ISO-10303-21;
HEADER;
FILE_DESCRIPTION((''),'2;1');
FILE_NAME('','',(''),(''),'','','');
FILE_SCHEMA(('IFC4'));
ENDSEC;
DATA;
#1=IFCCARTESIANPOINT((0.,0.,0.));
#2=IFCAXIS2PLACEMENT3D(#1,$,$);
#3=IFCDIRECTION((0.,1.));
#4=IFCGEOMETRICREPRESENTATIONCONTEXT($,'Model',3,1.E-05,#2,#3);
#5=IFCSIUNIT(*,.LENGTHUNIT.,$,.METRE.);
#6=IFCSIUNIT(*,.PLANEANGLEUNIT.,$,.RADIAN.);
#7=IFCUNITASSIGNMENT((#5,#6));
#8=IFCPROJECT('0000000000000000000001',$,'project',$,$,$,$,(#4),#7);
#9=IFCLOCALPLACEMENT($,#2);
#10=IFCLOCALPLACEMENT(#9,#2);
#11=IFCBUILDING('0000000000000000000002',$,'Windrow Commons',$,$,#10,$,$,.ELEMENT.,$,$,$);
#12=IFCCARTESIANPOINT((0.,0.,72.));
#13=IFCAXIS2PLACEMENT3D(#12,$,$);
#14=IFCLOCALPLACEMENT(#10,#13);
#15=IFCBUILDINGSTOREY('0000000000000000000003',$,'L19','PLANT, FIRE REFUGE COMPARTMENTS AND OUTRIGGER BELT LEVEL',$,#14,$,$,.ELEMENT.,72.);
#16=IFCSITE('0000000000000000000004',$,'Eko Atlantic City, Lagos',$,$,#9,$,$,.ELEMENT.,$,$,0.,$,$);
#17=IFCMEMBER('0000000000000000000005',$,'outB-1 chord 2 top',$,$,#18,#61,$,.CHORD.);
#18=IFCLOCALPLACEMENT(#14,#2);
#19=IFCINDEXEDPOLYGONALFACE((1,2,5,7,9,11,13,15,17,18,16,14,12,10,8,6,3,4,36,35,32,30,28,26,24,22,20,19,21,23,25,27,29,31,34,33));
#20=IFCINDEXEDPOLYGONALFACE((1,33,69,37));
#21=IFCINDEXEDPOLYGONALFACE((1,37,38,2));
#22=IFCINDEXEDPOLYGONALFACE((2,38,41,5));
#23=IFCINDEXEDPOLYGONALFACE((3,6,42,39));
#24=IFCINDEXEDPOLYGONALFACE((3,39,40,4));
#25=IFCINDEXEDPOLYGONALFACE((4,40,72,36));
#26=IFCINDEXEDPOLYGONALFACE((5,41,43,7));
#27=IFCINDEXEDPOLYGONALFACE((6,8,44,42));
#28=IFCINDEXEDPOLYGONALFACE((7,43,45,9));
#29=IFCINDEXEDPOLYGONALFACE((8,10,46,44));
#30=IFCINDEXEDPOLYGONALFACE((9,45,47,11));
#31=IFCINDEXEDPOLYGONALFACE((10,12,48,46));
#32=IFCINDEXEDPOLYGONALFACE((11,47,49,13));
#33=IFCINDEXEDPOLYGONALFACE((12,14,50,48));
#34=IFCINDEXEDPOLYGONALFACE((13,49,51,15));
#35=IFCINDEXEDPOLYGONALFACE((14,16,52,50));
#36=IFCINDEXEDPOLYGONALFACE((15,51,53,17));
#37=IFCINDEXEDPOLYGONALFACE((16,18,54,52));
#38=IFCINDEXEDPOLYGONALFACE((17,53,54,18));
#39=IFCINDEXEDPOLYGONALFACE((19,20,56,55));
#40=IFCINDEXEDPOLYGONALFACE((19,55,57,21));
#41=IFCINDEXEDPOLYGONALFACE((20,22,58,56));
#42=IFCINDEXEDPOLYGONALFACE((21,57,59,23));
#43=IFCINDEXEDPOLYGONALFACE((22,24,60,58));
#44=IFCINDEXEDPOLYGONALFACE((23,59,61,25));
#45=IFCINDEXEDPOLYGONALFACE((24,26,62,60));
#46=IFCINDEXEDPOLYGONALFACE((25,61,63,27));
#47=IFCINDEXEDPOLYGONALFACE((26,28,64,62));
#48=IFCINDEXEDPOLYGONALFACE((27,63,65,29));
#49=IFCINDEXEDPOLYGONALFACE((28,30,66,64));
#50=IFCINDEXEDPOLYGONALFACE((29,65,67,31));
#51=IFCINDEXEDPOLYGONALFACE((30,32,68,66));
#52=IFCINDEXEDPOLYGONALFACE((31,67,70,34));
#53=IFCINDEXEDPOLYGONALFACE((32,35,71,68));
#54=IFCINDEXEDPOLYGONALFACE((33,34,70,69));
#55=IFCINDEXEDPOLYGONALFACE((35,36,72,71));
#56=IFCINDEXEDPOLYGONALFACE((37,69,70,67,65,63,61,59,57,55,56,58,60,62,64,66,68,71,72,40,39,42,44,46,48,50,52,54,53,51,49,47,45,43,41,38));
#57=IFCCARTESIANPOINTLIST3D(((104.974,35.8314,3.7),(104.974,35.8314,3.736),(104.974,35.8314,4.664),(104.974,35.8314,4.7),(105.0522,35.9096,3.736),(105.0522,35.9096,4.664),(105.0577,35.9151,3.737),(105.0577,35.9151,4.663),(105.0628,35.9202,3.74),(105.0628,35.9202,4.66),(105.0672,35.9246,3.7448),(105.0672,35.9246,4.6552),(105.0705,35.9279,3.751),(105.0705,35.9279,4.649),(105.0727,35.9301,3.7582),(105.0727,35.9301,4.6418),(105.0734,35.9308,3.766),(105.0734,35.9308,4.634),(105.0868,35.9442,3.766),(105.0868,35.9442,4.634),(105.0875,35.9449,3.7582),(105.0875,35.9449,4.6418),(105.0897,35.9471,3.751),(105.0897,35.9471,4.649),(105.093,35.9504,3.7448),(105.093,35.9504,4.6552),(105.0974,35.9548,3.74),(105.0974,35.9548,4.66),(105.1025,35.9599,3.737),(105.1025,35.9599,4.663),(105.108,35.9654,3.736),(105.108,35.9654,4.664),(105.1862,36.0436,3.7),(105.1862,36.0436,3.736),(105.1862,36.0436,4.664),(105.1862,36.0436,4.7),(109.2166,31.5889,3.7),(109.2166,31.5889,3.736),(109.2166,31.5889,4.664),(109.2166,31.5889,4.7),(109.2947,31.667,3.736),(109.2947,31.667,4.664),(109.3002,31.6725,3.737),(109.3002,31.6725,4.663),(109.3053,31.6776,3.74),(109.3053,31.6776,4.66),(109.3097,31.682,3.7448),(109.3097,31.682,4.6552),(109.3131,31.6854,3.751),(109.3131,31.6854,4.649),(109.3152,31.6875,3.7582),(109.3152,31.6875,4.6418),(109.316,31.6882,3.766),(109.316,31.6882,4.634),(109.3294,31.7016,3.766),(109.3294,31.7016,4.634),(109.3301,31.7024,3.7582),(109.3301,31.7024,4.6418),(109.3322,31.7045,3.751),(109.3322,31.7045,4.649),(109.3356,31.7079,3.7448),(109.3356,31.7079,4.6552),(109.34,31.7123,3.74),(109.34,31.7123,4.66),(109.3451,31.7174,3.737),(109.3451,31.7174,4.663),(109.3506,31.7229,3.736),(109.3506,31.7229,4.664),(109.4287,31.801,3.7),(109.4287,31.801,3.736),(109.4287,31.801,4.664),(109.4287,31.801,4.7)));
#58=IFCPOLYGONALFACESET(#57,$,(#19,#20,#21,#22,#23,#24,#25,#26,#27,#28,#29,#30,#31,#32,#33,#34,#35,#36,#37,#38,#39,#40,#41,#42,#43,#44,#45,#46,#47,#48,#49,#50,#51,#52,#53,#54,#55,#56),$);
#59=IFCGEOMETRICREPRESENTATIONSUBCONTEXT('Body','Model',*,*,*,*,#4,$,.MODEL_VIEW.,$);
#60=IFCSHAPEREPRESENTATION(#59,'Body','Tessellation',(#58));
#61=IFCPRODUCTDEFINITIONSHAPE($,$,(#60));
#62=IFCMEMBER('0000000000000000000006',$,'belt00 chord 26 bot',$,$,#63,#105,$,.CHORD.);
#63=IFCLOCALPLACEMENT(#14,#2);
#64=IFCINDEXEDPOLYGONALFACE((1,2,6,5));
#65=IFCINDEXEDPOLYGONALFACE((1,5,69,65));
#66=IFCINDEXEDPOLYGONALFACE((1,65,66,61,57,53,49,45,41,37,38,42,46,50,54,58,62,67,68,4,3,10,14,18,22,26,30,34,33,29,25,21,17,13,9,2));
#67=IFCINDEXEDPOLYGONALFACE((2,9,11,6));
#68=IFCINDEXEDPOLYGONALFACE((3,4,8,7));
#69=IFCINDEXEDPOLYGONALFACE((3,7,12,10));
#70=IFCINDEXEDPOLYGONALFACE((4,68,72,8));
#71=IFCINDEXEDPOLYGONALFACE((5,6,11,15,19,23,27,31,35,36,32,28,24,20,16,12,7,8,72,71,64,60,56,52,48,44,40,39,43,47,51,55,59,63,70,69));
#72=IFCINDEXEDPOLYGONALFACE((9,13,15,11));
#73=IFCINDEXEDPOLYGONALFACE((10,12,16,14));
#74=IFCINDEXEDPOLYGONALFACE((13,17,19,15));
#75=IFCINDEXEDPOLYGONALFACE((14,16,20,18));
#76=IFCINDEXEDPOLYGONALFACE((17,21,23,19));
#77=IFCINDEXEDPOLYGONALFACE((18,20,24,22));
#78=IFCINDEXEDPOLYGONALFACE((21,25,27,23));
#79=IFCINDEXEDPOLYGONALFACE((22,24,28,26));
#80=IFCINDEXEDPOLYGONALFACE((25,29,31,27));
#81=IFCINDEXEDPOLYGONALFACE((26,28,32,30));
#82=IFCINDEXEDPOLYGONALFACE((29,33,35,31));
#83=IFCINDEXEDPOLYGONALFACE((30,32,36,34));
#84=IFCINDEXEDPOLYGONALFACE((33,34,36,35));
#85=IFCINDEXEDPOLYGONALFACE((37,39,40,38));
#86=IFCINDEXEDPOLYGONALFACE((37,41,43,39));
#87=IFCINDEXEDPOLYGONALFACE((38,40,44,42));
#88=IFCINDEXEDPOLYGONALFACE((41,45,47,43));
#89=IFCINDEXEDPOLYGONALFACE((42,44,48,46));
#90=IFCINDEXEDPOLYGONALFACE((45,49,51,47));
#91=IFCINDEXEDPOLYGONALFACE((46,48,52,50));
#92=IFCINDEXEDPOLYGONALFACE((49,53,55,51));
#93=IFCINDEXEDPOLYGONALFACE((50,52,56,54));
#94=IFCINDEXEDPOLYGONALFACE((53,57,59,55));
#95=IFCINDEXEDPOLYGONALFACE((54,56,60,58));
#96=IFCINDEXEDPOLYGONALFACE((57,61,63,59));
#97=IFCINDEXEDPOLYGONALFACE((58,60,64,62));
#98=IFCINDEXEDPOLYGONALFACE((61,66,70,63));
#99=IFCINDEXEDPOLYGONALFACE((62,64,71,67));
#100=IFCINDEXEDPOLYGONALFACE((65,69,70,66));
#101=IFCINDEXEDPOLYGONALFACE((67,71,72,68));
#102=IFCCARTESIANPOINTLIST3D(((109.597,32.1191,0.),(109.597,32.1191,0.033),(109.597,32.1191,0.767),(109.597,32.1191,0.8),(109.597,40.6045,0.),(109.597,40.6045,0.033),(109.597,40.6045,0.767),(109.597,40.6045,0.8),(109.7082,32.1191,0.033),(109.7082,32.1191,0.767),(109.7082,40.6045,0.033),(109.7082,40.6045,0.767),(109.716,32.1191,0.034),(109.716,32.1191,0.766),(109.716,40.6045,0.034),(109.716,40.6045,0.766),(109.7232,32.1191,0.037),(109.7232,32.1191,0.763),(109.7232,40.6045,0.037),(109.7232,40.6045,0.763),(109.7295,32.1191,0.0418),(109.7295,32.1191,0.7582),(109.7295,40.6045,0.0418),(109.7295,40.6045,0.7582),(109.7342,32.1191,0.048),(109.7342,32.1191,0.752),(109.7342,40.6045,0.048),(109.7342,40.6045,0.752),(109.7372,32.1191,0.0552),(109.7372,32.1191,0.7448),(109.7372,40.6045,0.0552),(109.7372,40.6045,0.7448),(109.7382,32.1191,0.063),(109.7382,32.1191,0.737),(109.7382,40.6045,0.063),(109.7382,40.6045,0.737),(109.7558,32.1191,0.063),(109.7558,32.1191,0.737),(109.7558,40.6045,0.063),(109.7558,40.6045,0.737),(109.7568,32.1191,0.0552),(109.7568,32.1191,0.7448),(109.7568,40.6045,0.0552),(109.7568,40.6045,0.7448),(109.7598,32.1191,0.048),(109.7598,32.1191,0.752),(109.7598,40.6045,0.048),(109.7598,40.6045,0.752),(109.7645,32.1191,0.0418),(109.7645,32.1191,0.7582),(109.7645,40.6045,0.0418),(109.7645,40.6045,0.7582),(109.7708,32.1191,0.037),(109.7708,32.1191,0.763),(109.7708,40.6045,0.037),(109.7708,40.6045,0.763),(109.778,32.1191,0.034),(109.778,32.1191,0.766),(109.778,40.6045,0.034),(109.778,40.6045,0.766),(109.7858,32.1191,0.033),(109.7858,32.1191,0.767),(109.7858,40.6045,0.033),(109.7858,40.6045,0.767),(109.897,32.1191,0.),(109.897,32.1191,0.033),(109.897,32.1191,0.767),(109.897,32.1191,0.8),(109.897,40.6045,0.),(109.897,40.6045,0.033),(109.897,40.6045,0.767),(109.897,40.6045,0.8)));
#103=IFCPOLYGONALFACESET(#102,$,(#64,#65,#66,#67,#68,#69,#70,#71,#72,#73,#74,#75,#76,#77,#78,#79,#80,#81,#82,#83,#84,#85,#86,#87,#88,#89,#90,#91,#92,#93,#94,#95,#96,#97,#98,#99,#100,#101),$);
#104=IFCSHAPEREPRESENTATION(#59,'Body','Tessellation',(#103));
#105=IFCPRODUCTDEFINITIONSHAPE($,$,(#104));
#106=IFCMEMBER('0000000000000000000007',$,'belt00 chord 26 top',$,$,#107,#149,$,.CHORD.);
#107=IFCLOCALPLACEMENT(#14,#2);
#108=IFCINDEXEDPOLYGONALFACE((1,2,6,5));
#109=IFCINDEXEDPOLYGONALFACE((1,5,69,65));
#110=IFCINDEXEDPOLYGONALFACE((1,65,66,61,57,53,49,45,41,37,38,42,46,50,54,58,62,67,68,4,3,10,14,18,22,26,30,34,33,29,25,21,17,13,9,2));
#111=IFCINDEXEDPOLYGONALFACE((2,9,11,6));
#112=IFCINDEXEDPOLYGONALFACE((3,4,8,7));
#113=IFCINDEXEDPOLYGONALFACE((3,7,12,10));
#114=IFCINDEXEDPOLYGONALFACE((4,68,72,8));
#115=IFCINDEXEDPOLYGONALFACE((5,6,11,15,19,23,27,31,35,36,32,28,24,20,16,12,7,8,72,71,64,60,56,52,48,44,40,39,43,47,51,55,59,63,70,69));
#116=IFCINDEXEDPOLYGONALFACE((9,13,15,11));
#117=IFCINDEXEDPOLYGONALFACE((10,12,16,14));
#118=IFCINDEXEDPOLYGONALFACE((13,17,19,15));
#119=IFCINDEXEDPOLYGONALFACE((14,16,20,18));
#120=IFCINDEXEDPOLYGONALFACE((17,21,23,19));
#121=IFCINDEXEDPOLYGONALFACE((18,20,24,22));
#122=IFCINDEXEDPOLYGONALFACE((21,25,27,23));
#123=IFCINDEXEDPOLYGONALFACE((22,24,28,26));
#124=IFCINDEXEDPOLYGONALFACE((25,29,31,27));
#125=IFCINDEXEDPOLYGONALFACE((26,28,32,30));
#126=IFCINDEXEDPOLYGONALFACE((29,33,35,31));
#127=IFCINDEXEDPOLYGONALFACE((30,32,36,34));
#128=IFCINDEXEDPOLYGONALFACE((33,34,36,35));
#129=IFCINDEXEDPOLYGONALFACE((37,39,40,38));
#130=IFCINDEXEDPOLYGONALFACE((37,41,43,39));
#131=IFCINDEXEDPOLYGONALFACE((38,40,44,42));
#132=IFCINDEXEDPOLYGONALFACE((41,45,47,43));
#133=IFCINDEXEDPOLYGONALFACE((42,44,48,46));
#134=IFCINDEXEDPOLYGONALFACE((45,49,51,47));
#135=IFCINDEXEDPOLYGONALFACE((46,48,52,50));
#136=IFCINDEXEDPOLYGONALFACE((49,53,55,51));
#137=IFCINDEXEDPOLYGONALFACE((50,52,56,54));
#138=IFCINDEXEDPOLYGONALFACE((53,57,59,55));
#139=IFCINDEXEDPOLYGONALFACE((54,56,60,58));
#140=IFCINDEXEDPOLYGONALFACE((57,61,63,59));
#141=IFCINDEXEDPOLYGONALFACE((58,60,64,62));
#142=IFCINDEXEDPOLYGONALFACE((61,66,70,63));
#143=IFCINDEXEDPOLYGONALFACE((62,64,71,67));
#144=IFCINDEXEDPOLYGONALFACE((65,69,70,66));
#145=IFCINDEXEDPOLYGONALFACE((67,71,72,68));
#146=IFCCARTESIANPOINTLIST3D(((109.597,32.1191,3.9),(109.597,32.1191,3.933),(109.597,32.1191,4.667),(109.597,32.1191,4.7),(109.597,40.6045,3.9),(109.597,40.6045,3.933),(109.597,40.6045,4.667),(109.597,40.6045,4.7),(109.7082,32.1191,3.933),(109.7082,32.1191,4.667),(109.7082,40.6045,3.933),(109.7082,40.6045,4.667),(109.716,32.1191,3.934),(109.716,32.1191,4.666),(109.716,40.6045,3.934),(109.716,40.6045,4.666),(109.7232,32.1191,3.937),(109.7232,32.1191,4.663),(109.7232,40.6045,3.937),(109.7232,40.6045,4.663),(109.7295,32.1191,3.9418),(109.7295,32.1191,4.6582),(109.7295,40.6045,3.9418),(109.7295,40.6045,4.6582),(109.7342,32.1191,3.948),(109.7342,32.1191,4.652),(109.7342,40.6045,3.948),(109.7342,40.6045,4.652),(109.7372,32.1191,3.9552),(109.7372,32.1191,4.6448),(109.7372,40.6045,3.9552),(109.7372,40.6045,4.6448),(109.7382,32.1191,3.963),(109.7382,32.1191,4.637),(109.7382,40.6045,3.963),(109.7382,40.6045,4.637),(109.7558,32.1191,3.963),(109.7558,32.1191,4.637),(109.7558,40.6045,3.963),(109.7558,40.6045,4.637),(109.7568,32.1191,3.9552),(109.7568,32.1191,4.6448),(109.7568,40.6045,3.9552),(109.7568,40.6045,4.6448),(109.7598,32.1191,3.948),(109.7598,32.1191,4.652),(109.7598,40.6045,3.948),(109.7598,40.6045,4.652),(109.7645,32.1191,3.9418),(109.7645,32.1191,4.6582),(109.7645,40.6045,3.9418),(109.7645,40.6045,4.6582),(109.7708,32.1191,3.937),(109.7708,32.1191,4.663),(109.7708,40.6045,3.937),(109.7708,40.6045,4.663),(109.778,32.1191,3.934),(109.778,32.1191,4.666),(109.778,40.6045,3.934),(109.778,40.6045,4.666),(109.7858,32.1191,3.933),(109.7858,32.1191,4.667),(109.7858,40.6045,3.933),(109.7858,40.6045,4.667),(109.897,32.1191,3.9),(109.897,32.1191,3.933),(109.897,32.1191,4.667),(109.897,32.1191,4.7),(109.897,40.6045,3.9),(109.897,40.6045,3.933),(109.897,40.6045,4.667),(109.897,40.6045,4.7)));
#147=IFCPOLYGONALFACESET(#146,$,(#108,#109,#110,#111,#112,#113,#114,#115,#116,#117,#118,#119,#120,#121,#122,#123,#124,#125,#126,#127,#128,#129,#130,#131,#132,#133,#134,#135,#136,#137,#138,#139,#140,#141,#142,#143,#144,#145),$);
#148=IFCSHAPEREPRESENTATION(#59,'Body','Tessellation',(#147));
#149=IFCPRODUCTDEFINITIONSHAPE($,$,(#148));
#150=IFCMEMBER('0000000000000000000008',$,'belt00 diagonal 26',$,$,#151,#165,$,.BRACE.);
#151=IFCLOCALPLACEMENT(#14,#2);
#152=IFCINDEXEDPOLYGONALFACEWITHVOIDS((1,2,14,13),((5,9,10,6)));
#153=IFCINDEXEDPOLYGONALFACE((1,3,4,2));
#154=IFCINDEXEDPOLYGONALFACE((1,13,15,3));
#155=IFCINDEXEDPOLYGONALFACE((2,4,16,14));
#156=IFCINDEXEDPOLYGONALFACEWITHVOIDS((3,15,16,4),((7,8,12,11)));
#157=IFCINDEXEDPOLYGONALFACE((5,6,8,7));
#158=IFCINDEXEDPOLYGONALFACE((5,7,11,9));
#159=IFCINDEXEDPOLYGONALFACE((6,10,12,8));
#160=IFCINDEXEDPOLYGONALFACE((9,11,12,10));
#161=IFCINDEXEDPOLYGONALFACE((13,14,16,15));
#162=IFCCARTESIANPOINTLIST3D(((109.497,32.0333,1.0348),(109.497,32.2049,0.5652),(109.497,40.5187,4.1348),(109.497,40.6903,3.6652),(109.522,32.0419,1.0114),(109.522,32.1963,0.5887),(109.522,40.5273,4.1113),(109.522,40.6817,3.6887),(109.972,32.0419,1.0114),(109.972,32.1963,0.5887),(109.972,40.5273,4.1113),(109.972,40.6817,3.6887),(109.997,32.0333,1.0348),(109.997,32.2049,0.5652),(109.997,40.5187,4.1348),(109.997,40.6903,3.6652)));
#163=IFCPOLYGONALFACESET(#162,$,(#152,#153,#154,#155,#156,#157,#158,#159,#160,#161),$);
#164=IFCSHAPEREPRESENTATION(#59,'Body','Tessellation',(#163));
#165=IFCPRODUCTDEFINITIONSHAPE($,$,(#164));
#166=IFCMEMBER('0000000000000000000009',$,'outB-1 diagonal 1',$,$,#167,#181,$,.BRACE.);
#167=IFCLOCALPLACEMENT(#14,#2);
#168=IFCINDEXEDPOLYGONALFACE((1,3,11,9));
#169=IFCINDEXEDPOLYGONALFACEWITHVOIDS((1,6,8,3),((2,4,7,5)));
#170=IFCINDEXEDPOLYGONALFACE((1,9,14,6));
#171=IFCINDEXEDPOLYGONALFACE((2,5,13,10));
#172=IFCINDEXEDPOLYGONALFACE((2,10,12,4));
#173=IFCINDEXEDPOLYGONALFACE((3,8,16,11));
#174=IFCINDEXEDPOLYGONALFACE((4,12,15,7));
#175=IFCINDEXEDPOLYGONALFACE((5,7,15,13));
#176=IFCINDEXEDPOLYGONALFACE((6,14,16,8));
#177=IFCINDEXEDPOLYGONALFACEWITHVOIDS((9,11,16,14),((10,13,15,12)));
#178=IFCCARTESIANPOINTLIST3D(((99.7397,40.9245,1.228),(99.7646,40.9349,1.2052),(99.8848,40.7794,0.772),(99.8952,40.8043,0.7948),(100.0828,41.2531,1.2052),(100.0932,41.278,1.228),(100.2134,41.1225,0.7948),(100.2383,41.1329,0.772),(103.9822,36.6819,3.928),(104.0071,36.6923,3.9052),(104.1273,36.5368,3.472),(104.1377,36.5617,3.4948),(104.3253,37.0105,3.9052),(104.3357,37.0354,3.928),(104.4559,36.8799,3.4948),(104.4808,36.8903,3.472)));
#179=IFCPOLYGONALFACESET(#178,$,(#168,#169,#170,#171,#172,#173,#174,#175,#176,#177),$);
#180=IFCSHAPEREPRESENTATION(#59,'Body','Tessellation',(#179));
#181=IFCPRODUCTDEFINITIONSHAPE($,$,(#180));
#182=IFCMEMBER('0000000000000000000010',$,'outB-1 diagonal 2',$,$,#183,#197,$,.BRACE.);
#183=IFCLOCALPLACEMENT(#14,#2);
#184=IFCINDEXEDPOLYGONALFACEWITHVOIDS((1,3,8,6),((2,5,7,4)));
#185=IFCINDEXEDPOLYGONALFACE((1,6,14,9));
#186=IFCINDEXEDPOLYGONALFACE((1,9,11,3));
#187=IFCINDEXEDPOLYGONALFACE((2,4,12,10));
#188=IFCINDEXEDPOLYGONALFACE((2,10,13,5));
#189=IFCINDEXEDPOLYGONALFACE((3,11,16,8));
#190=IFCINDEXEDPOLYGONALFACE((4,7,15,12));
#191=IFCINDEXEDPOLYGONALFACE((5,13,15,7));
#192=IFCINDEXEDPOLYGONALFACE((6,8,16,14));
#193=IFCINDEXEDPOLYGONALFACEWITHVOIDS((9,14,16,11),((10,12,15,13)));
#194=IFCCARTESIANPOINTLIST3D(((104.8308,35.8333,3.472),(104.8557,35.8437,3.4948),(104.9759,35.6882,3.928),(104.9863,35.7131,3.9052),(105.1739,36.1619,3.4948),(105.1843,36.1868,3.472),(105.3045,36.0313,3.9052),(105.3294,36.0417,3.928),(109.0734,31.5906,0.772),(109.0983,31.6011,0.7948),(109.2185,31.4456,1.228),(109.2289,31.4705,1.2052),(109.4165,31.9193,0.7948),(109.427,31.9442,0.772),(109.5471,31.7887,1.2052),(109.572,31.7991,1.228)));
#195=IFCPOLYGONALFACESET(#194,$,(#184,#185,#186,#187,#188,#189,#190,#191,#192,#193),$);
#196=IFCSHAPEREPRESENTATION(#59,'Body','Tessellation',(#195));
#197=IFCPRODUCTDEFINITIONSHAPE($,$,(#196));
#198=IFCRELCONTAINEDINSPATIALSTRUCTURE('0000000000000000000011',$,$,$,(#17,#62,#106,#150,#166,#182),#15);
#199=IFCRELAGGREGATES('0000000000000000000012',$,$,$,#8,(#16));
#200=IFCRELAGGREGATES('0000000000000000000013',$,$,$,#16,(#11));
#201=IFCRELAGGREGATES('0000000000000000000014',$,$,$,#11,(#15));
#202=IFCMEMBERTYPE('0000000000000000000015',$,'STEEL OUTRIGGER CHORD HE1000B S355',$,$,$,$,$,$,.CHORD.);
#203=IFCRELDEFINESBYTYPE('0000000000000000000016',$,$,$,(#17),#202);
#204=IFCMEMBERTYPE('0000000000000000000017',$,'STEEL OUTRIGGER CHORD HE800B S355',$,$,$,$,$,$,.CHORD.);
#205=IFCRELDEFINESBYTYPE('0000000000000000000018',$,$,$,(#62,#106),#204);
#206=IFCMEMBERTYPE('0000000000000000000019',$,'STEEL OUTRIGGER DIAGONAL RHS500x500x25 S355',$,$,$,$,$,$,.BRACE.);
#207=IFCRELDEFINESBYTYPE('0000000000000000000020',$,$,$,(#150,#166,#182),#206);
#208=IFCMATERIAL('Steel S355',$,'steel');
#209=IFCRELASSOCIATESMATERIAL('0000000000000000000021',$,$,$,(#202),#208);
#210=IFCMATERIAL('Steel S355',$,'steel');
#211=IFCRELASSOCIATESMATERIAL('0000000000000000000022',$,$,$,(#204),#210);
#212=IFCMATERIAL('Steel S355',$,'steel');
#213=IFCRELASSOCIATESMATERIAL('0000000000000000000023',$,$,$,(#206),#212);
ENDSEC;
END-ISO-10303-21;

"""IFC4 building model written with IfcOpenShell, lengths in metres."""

from ifc_helpers import new_model, si_unit, direction, frame, origin, origin_2d, place, context, subcontext, project, spatial, hollow_rectangle, i_section, extrude, material, material_profile, profile_set, type_object, element, save


model = new_model("IFC4")

# Units and contexts
model_context = context("Model", 3, precision=1e-05, world=origin(), true_north=direction((0.0, 1.0)))
body_context = subcontext(model_context, "Body", "Model", "MODEL_VIEW")
ifc_project = project(units=[si_unit("LENGTHUNIT", "METRE"), si_unit("PLANEANGLEUNIT", "RADIAN")], contexts=[model_context])

# Site, building, storey
site_placement = place(None, origin())
site = spatial("IfcSite", under=ifc_project, at=site_placement, Name="Eko Atlantic City, Lagos", CompositionType="ELEMENT", RefElevation=0.0)
building_placement = place(site_placement, origin())
building = spatial("IfcBuilding", under=site, at=building_placement, Name="Windrow Commons", CompositionType="ELEMENT")
storey_placement = place(building_placement, frame((0.0, 0.0, 72.0)))
storey = spatial("IfcBuildingStorey", under=building, at=storey_placement, Name="L19", Description="PLANT, FIRE REFUGE COMPARTMENTS AND OUTRIGGER BELT LEVEL", CompositionType="ELEMENT", Elevation=72.0)

# Members
ifc_material_1 = material(Name="Steel S355", Category="steel")
ifc_material_profile_1 = material_profile(ifc_material_1, i_section(OverallWidth=0.3, OverallDepth=1.0, WebThickness=0.019, FlangeThickness=0.036, FilletRadius=0.03, at=origin_2d()))
ifc_profile_set_1 = profile_set([ifc_material_profile_1], Name="Steel S355")
member_type_1 = type_object("IfcMemberType", Name="STEEL OUTRIGGER CHORD HE1000B S355", PredefinedType="CHORD", material=ifc_profile_set_1)
for number, where, z_axis, x_axis, name in (
    (1, (105.0801, 35.9375, 4.2), (0.707107, -0.707107, 0.0), (0.707107, 0.707107, 0.0), "outB-1 chord 2 top"),
):
    element("IfcMember", number, at=place(storey_placement, frame(where, z_axis=z_axis, x_axis=x_axis)), inside=storey, type_object=member_type_1, Name=name, PredefinedType="CHORD", context=body_context, shape_type="SweptSolid", body=[
        extrude(i_section(OverallWidth=0.3, OverallDepth=1.0, WebThickness=0.019, FlangeThickness=0.036, FilletRadius=0.03, at=origin_2d()), origin(), (0.0, 0.0, 1.0), 5.9999),
    ])
ifc_material_2 = material(Name="Steel S355", Category="steel")
ifc_material_profile_2 = material_profile(ifc_material_2, i_section(OverallWidth=0.3, OverallDepth=0.8, WebThickness=0.0175, FlangeThickness=0.033, FilletRadius=0.03, at=origin_2d()))
ifc_profile_set_2 = profile_set([ifc_material_profile_2], Name="Steel S355")
member_type_2 = type_object("IfcMemberType", Name="STEEL OUTRIGGER CHORD HE800B S355", PredefinedType="CHORD", material=ifc_profile_set_2)
for number, where, z_axis, x_axis, name in (
    (2, (109.747, 40.6045, 0.4), (0.0, -1.0, 0.0), (1.0, 0.0, 0.0), "belt00 chord 26 bot"),
    (3, (109.747, 40.6045, 4.3), (0.0, -1.0, 0.0), (1.0, 0.0, 0.0), "belt00 chord 26 top"),
):
    element("IfcMember", number, at=place(storey_placement, frame(where, z_axis=z_axis, x_axis=x_axis)), inside=storey, type_object=member_type_2, Name=name, PredefinedType="CHORD", context=body_context, shape_type="SweptSolid", body=[
        extrude(i_section(OverallWidth=0.3, OverallDepth=0.8, WebThickness=0.0175, FlangeThickness=0.033, FilletRadius=0.03, at=origin_2d()), origin(), (0.0, 0.0, 1.0), 8.4854),
    ])
ifc_material_3 = material(Name="Steel S355", Category="steel")
ifc_material_profile_3 = material_profile(ifc_material_3, hollow_rectangle(XDim=0.5, YDim=0.5, WallThickness=0.025, at=origin_2d()))
ifc_profile_set_3 = profile_set([ifc_material_profile_3], Name="Steel S355")
member_type_3 = type_object("IfcMemberType", Name="STEEL OUTRIGGER DIAGONAL RHS500x500x25 S355", PredefinedType="BRACE", material=ifc_profile_set_3)
member_1_placement = place(storey_placement, frame((109.747, 40.6045, 3.9), z_axis=(0.0, -0.93928, -0.343151), x_axis=(1.0, 0.0, 0.0)))
element("IfcMember", 4, at=member_1_placement, inside=storey, type_object=member_type_3, Name="belt00 diagonal 26", PredefinedType="BRACE", context=body_context, shape_type="SweptSolid", body=[
    extrude(hollow_rectangle(XDim=0.5, YDim=0.5, WallThickness=0.025, at=origin_2d()), origin(), (0.0, 0.0, 1.0), 9.0339),
])
member_2_placement = place(storey_placement, frame((99.989, 41.0287, 1.0), z_axis=(0.644816, -0.644831, 0.410372), x_axis=(0.707115, 0.707098, 0.0)))
element("IfcMember", 5, at=member_2_placement, inside=storey, type_object=member_type_3, Name="outB-1 diagonal 1", PredefinedType="BRACE", context=body_context, shape_type="SweptSolid", body=[
    extrude(hollow_rectangle(XDim=0.5, YDim=0.5, WallThickness=0.025, at=origin_2d()), origin(), (0.0, 0.0, 1.0), 6.5794),
])
member_3_placement = place(storey_placement, frame((105.0801, 35.9375, 3.7), z_axis=(0.644825, -0.644825, -0.410368), x_axis=(0.707107, 0.707107, 0.0)))
element("IfcMember", 6, at=member_3_placement, inside=storey, type_object=member_type_3, Name="outB-1 diagonal 2", PredefinedType="BRACE", context=body_context, shape_type="SweptSolid", body=[
    extrude(hollow_rectangle(XDim=0.5, YDim=0.5, WallThickness=0.025, at=origin_2d()), origin(), (0.0, 0.0, 1.0), 6.5795),
])

save(model, "model.ifc")
